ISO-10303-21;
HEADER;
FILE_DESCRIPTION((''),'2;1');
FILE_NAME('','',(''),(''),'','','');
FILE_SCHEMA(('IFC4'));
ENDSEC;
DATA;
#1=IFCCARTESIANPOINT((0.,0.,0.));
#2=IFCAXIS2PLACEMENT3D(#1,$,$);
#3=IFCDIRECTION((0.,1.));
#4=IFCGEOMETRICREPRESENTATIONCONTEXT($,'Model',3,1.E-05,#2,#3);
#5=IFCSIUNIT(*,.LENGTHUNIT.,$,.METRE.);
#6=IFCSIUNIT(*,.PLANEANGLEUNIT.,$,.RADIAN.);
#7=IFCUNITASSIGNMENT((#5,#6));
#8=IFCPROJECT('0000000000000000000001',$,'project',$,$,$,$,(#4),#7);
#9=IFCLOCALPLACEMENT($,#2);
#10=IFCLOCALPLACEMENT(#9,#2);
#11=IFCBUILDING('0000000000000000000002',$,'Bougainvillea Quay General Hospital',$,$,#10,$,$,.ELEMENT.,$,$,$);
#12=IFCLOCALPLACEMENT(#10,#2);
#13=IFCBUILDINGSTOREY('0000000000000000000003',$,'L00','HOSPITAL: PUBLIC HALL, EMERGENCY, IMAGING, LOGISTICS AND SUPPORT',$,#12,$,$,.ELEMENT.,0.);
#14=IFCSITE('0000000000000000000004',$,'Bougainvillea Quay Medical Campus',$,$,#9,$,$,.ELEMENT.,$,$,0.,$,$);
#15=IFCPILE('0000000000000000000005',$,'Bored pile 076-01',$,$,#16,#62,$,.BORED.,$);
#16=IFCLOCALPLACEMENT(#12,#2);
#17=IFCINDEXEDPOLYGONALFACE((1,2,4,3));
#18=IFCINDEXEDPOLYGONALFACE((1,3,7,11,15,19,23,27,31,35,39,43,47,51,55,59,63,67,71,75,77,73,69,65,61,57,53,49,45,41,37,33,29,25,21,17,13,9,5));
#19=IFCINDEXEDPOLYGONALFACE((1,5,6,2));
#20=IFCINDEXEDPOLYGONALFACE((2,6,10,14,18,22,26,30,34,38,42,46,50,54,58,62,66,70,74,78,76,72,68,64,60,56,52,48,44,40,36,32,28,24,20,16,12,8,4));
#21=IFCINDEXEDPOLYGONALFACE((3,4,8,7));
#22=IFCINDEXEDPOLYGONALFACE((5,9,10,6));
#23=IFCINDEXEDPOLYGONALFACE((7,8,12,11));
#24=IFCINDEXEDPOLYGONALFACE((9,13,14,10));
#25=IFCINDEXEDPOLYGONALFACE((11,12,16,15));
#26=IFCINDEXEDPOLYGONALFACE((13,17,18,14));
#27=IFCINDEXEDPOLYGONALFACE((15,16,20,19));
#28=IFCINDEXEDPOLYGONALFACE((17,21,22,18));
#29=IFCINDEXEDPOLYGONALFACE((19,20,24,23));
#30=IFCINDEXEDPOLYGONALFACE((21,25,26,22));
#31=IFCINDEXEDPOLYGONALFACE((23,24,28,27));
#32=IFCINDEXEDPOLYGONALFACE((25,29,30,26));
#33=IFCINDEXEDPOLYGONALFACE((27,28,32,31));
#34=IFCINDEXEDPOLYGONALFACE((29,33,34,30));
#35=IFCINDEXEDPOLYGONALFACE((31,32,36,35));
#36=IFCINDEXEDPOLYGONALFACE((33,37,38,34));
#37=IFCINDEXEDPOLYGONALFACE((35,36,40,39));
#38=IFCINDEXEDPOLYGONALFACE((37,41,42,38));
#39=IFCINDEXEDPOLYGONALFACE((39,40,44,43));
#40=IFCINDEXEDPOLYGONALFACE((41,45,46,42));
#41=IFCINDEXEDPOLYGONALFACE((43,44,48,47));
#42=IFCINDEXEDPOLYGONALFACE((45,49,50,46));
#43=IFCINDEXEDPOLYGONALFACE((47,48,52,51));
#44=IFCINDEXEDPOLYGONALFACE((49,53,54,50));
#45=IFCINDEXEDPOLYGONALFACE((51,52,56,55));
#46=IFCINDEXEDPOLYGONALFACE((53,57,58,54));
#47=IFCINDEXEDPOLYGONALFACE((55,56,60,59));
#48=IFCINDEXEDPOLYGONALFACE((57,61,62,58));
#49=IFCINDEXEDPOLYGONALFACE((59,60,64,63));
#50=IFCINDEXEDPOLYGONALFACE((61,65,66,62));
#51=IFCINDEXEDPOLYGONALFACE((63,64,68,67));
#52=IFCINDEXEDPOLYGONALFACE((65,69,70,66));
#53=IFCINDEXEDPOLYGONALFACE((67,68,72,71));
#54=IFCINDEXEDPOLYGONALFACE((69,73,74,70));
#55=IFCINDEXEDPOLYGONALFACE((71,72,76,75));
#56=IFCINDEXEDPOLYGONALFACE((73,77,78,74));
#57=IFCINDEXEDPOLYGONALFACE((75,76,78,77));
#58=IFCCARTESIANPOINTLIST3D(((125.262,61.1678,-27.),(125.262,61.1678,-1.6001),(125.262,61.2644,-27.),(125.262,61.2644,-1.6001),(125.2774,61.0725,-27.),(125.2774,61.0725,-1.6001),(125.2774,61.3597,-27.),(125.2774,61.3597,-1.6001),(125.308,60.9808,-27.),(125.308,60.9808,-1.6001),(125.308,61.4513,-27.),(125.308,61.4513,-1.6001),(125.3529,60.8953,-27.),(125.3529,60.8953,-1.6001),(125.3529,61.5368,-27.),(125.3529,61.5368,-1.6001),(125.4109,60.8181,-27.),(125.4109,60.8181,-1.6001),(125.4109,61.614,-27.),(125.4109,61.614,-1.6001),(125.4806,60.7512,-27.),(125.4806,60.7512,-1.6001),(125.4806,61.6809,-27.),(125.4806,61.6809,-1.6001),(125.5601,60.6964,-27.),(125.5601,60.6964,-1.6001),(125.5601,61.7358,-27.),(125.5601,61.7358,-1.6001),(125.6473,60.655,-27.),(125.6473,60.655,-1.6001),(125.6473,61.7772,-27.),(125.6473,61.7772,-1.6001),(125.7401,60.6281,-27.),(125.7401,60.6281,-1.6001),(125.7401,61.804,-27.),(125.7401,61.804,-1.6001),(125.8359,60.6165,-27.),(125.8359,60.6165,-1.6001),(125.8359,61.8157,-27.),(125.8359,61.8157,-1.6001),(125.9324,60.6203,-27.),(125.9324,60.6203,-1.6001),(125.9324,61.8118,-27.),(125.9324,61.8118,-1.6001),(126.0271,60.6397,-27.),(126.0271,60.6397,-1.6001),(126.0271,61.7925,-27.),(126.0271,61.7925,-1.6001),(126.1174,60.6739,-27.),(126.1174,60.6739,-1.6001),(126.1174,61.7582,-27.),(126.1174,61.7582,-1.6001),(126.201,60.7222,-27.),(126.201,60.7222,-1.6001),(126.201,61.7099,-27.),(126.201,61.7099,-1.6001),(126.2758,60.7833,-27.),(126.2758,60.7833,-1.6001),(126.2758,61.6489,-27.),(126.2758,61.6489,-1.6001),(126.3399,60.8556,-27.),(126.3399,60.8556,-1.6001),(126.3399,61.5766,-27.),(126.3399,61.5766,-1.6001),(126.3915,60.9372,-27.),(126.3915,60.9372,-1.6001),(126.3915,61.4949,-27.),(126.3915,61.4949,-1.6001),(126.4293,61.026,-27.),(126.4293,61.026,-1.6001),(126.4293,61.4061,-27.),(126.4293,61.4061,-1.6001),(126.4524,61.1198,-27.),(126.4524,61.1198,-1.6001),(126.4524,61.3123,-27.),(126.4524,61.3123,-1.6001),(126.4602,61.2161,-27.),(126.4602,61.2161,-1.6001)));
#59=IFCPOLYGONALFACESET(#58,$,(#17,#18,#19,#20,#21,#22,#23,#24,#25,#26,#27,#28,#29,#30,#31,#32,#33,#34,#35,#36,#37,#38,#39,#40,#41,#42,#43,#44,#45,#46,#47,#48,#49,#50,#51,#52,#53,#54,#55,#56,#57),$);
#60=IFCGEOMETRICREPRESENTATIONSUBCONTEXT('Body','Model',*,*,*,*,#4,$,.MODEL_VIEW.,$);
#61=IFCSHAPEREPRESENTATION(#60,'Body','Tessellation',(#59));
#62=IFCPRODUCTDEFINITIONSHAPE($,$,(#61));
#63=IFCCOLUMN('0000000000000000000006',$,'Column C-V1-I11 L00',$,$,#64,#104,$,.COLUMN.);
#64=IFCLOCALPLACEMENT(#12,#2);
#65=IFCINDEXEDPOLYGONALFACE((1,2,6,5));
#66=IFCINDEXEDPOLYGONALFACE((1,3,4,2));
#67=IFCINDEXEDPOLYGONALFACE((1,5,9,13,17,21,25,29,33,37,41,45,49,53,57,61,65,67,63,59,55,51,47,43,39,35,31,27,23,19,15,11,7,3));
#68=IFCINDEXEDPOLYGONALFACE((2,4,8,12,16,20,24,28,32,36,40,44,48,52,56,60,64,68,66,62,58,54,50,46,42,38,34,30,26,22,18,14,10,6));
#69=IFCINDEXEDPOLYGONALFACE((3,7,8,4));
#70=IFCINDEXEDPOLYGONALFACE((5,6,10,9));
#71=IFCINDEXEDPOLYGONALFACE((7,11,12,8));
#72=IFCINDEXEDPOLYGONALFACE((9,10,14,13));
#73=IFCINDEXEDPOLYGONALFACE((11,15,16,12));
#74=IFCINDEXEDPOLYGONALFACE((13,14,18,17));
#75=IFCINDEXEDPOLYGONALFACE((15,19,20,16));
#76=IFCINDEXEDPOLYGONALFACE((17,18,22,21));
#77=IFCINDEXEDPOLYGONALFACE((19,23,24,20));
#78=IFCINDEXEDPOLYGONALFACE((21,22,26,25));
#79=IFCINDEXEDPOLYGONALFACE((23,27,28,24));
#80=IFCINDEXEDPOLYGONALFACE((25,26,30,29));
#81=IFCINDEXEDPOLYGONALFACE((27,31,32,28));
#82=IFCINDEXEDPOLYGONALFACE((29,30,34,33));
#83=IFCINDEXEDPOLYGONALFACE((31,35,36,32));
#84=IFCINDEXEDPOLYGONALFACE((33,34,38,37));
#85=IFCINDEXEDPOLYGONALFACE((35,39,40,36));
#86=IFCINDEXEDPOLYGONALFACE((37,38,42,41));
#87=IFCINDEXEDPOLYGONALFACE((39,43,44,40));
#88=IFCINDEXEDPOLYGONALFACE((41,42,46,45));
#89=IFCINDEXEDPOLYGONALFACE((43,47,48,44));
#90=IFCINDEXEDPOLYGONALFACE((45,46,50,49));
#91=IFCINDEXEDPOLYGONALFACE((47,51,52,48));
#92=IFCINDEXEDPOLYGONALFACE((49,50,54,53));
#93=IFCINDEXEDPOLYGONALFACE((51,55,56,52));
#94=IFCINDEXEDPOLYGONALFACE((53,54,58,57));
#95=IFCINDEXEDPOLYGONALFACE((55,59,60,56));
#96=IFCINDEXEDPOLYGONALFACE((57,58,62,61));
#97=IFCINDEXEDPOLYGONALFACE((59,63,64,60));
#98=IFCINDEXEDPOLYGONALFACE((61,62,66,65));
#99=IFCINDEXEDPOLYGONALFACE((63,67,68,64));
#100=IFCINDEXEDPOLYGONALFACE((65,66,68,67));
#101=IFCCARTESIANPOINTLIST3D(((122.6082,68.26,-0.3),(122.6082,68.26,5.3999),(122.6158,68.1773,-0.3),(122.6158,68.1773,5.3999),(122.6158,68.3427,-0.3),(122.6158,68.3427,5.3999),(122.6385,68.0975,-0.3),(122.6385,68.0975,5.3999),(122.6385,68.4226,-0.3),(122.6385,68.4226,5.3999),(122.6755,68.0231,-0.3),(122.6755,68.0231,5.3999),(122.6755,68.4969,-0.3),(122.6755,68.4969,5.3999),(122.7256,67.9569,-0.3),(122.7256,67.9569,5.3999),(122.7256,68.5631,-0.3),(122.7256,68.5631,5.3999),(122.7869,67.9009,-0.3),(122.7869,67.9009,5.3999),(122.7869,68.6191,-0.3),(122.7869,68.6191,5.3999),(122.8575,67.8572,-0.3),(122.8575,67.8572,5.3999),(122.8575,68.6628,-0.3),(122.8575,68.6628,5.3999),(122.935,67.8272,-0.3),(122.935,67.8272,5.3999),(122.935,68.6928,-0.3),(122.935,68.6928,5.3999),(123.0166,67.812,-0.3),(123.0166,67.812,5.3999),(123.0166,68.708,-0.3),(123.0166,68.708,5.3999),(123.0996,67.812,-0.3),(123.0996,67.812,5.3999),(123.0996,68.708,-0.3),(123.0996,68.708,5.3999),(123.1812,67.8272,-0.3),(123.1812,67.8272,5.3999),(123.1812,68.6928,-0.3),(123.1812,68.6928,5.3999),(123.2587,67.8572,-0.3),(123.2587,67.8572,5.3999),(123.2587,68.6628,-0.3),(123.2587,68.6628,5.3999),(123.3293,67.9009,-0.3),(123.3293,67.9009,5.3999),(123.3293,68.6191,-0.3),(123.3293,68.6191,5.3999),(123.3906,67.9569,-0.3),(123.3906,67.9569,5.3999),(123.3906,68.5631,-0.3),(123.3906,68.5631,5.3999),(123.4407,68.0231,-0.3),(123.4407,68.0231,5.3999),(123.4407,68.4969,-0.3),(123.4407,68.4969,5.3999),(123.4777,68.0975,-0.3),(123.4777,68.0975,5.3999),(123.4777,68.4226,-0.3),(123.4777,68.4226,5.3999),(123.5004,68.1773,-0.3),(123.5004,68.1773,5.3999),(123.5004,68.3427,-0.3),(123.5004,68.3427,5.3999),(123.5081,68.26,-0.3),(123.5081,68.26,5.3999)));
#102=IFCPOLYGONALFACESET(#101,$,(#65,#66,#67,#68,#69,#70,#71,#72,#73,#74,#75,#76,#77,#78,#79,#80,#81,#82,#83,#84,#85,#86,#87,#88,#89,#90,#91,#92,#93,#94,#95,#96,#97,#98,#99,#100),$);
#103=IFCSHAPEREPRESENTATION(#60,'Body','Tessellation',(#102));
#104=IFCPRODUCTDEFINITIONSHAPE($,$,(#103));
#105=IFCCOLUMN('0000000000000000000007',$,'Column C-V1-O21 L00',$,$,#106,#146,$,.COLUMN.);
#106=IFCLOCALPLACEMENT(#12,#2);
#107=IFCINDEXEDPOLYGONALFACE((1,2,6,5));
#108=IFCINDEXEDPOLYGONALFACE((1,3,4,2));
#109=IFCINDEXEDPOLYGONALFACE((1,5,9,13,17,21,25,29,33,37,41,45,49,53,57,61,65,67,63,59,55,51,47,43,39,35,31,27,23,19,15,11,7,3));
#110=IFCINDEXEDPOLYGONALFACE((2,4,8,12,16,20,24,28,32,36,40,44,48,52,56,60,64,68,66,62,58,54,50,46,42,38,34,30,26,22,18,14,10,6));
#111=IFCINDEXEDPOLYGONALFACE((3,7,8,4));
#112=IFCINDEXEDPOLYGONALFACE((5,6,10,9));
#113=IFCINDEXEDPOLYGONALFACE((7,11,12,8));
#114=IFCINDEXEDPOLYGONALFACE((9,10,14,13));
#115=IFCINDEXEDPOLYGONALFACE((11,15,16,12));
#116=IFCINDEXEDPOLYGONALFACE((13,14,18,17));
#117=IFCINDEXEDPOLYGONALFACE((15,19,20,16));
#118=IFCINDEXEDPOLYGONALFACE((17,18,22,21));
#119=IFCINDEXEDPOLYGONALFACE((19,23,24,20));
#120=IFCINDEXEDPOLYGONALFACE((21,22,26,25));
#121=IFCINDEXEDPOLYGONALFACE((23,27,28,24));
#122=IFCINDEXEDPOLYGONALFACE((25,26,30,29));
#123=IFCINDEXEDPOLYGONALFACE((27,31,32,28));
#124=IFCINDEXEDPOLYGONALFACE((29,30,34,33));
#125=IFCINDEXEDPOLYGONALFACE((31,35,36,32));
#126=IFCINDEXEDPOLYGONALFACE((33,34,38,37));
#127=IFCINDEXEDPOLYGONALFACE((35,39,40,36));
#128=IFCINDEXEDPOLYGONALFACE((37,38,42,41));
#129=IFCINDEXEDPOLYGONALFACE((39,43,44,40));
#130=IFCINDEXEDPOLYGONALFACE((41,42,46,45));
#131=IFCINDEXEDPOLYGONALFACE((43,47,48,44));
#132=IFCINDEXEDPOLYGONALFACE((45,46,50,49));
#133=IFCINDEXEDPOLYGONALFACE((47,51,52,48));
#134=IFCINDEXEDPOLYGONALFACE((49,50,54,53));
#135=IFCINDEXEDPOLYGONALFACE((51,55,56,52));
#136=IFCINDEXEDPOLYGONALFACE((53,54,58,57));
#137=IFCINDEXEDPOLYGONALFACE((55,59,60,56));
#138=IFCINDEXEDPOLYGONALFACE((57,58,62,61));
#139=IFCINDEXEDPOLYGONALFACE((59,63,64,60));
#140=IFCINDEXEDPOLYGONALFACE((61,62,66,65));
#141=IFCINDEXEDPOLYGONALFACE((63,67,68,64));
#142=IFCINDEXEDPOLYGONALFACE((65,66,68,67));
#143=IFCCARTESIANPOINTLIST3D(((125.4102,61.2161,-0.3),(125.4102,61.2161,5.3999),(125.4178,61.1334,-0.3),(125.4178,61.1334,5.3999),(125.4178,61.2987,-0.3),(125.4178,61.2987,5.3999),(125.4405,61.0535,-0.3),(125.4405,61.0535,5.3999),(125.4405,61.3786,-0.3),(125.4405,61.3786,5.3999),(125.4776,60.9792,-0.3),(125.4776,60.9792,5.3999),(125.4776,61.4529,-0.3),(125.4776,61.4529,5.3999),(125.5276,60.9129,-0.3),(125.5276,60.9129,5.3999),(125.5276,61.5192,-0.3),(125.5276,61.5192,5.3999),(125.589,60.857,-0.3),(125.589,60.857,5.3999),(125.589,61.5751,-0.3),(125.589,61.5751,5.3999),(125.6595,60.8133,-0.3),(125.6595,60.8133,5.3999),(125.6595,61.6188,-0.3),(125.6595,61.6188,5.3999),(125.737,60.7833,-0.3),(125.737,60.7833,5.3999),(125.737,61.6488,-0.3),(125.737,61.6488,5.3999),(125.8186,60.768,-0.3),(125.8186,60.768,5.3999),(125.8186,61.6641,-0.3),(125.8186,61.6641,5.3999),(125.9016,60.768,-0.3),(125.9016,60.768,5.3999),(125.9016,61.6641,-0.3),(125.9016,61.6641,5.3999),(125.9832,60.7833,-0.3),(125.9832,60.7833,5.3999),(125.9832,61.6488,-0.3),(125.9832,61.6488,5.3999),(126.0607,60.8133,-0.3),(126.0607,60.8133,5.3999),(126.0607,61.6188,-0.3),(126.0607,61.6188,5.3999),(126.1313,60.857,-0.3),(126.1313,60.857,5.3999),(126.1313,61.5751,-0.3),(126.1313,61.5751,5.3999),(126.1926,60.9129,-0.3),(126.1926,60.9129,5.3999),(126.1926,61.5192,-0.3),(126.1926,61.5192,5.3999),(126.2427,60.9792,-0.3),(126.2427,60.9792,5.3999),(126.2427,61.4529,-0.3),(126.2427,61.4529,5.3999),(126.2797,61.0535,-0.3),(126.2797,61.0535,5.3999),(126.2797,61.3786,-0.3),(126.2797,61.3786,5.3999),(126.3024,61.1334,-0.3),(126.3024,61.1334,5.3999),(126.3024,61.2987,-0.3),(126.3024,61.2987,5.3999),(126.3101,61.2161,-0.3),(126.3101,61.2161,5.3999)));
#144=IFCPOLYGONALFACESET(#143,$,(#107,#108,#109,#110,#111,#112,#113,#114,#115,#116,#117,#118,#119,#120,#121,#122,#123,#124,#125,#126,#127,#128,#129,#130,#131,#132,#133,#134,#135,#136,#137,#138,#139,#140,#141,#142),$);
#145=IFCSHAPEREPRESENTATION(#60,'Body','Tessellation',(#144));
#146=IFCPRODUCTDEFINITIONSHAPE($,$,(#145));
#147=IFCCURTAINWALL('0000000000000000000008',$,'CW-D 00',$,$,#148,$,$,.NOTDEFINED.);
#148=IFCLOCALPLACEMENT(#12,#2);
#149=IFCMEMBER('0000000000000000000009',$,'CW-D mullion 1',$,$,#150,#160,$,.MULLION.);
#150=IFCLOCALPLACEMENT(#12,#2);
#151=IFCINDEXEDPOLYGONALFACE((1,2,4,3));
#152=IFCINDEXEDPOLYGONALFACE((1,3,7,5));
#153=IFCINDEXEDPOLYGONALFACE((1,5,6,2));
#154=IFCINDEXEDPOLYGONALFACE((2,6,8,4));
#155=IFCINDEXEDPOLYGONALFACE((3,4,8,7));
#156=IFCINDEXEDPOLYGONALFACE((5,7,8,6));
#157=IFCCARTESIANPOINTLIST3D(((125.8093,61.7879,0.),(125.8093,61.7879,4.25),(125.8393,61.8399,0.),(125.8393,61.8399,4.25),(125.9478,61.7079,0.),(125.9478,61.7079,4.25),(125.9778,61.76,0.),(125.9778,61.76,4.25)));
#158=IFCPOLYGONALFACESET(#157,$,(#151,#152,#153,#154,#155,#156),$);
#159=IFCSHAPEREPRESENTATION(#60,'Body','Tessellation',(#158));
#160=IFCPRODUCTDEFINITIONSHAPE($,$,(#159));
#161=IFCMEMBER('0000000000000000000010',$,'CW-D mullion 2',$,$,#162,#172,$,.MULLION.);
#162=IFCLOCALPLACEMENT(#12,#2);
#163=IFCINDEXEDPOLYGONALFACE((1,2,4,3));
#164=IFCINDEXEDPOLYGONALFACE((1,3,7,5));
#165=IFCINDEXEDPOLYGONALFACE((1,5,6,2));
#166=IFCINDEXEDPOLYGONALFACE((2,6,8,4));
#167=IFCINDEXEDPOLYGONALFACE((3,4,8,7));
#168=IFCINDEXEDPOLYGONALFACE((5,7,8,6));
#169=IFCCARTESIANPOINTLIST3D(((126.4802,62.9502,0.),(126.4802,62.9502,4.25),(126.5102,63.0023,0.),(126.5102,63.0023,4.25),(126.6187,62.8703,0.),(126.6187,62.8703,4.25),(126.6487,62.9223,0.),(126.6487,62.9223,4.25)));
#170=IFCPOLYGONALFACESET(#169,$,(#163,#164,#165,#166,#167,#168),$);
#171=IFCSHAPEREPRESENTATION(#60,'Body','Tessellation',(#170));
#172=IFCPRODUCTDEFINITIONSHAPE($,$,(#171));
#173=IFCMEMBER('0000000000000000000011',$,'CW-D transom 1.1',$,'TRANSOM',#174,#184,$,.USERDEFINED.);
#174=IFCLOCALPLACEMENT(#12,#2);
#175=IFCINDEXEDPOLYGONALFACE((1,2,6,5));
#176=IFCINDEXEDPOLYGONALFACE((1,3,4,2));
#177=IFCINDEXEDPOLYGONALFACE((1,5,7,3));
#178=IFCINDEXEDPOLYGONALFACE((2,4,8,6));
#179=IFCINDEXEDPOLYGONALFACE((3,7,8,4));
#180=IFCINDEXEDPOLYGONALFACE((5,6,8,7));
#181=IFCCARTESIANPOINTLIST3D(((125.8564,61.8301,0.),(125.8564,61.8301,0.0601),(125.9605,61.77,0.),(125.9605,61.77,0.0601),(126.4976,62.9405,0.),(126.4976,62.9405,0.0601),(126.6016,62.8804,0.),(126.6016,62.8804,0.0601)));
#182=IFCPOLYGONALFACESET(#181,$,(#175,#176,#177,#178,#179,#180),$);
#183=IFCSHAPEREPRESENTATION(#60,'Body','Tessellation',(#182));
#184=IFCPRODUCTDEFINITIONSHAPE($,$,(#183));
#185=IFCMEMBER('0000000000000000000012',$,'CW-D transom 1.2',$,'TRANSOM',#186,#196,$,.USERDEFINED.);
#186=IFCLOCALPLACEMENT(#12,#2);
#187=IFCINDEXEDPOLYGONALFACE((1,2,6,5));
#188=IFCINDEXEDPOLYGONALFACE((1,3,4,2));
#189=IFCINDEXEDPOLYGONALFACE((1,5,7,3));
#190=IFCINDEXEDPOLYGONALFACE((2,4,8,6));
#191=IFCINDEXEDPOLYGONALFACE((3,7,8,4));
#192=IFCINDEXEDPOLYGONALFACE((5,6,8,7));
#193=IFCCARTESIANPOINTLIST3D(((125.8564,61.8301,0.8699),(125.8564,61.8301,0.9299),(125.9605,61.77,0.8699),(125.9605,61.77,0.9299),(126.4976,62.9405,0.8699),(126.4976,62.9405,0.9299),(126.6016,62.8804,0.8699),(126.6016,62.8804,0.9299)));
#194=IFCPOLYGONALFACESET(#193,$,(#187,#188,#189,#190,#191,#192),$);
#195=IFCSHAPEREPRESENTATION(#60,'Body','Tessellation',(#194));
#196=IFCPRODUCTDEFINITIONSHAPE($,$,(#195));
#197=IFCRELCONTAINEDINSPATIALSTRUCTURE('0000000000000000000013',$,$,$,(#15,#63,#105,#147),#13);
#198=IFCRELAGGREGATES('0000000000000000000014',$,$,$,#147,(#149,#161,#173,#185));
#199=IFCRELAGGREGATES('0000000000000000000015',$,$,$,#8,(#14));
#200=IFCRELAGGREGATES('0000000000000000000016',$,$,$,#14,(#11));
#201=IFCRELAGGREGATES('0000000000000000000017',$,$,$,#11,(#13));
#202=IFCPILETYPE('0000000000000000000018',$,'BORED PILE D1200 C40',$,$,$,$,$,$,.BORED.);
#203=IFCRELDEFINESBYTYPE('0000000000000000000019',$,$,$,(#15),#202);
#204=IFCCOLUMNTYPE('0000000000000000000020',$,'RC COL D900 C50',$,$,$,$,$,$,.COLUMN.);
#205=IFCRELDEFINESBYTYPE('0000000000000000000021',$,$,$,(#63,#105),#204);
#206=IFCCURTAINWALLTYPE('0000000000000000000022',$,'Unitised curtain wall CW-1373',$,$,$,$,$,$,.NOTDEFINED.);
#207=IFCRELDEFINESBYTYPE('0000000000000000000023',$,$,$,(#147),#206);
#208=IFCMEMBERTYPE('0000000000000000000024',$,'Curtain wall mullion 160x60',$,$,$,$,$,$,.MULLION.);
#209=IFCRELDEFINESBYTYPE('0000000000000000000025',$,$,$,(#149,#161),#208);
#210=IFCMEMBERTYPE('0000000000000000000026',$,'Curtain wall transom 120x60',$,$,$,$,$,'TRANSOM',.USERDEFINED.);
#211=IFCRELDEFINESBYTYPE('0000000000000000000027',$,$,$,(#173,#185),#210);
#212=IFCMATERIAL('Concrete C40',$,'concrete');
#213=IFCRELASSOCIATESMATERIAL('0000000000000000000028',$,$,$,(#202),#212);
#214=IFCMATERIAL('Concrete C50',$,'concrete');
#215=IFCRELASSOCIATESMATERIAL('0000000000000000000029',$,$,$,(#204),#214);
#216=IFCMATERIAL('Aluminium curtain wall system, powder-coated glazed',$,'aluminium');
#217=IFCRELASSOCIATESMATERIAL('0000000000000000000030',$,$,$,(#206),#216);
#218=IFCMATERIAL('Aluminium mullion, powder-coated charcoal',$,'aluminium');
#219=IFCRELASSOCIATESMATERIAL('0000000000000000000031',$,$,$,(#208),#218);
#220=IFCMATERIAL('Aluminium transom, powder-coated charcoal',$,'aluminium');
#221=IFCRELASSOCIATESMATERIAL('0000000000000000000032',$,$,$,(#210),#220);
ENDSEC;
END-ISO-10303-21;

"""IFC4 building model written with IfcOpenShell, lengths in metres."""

from ifc_helpers import new_model, si_unit, direction, frame, origin, origin_2d, place, context, subcontext, project, spatial, rectangle, circle, extrude, material, material_profile, profile_set, type_object, element, aggregate, save


model = new_model("IFC4")

# Units and contexts
model_context = context("Model", 3, precision=1e-05, world=origin(), true_north=direction((0.0, 1.0)))
body_context = subcontext(model_context, "Body", "Model", "MODEL_VIEW")
ifc_project = project(units=[si_unit("LENGTHUNIT", "METRE"), si_unit("PLANEANGLEUNIT", "RADIAN")], contexts=[model_context])

# Site, building, storey
site_placement = place(None, origin())
site = spatial("IfcSite", under=ifc_project, at=site_placement, Name="Bougainvillea Quay Medical Campus", CompositionType="ELEMENT", RefElevation=0.0)
building_placement = place(site_placement, origin())
building = spatial("IfcBuilding", under=site, at=building_placement, Name="Bougainvillea Quay General Hospital", CompositionType="ELEMENT")
storey_placement = place(building_placement, origin())
storey = spatial("IfcBuildingStorey", under=building, at=storey_placement, Name="L00", Description="HOSPITAL: PUBLIC HALL, EMERGENCY, IMAGING, LOGISTICS AND SUPPORT", CompositionType="ELEMENT", Elevation=0.0)

# Pile
ifc_material_1 = material(Name="Concrete C40", Category="concrete")
ifc_material_profile_1 = material_profile(ifc_material_1, circle(Radius=0.6001, at=origin_2d()))
ifc_profile_set_1 = profile_set([ifc_material_profile_1], Name="Concrete C40")
pile_type = type_object("IfcPileType", Name="BORED PILE D1200 C40", PredefinedType="BORED", material=ifc_profile_set_1)
pile_placement = place(storey_placement, frame((125.8601, 61.2161, -1.6001), z_axis=(0.0, 0.0, -1.0), x_axis=(1.0, 0.0, 0.0)))
element("IfcPile", 1, at=pile_placement, inside=storey, type_object=pile_type, Name="Bored pile 076-01", PredefinedType="BORED", context=body_context, shape_type="SweptSolid", body=[
    extrude(circle(Radius=0.6001, at=origin_2d()), origin(), (0.0, 0.0, 1.0), 25.3999),
])

# Columns
ifc_material_2 = material(Name="Concrete C50", Category="concrete")
ifc_material_profile_2 = material_profile(ifc_material_2, circle(Radius=0.45, at=origin_2d()))
ifc_profile_set_2 = profile_set([ifc_material_profile_2], Name="Concrete C50")
column_type = type_object("IfcColumnType", Name="RC COL D900 C50", PredefinedType="COLUMN", material=ifc_profile_set_2)
for number, where, z_axis, x_axis, name in (
    (2, (123.0581, 68.26, -0.3), (0.0, 0.0, 1.0), (1.0, 0.0, 0.0), "Column C-V1-I11 L00"),
    (3, (125.8601, 61.2161, -0.3), (0.0, 0.0, 1.0), (1.0, 0.0, 0.0), "Column C-V1-O21 L00"),
):
    element("IfcColumn", number, at=place(storey_placement, frame(where, z_axis=z_axis, x_axis=x_axis)), inside=storey, type_object=column_type, Name=name, PredefinedType="COLUMN", context=body_context, shape_type="SweptSolid", body=[
        extrude(circle(Radius=0.45, at=origin_2d()), origin(), (0.0, 0.0, 1.0), 5.7),
    ])

# Curtain wall, members
ifc_material_3 = material(Name="Aluminium curtain wall system, powder-coated glazed", Category="aluminium")
curtain_wall_type = type_object("IfcCurtainWallType", Name="Unitised curtain wall CW-1373", PredefinedType="NOTDEFINED", material=ifc_material_3)
curtain_wall_placement = place(storey_placement, origin())
curtain_wall = element("IfcCurtainWall", 4, at=curtain_wall_placement, inside=storey, type_object=curtain_wall_type, Name="CW-D 00", PredefinedType="NOTDEFINED")
ifc_material_4 = material(Name="Aluminium mullion, powder-coated charcoal", Category="aluminium")
ifc_material_profile_3 = material_profile(ifc_material_4, rectangle(XDim=0.1599, YDim=0.0601, at=origin_2d()))
ifc_profile_set_3 = profile_set([ifc_material_profile_3], Name="Aluminium mullion, powder-coated charcoal")
member_type_1 = type_object("IfcMemberType", Name="Curtain wall mullion 160x60", PredefinedType="MULLION", material=ifc_profile_set_3)
member_1_placement = place(storey_placement, frame((125.8936, 61.7739, 0.0), z_axis=(0.0, 0.0, 1.0), x_axis=(-0.866048, 0.499962, 0.0)))
member_1 = element("IfcMember", 5, at=member_1_placement, type_object=member_type_1, Name="CW-D mullion 1", PredefinedType="MULLION", context=body_context, shape_type="SweptSolid", body=[
    extrude(rectangle(XDim=0.1599, YDim=0.0601, at=origin_2d()), origin(), (0.0, 0.0, 1.0), 4.25),
])
member_2_placement = place(storey_placement, frame((126.5645, 62.9363, 0.0), z_axis=(0.0, 0.0, 1.0), x_axis=(-0.866048, 0.499962, 0.0)))
member_2 = element("IfcMember", 6, at=member_2_placement, type_object=member_type_1, Name="CW-D mullion 2", PredefinedType="MULLION", context=body_context, shape_type="SweptSolid", body=[
    extrude(rectangle(XDim=0.1599, YDim=0.0601, at=origin_2d()), origin(), (0.0, 0.0, 1.0), 4.25),
])
ifc_material_5 = material(Name="Aluminium transom, powder-coated charcoal", Category="aluminium")
ifc_material_profile_4 = material_profile(ifc_material_5, rectangle(XDim=0.1201, YDim=0.0601, at=origin_2d()))
ifc_profile_set_4 = profile_set([ifc_material_profile_4], Name="Aluminium transom, powder-coated charcoal")
member_type_2 = type_object("IfcMemberType", Name="Curtain wall transom 120x60", ElementType="TRANSOM", PredefinedType="USERDEFINED", material=ifc_profile_set_4)
member_3_placement = place(storey_placement, frame((125.9084, 61.8, 0.03), z_axis=(0.50003, 0.866008, 0.0), x_axis=(-0.866008, 0.50003, 0.0)))
member_3 = element("IfcMember", 7, at=member_3_placement, type_object=member_type_2, Name="CW-D transom 1.1", ObjectType="TRANSOM", PredefinedType="USERDEFINED", context=body_context, shape_type="SweptSolid", body=[
    extrude(rectangle(XDim=0.1201, YDim=0.0601, at=origin_2d()), origin(), (0.0, 0.0, 1.0), 1.2822),
])
member_4_placement = place(storey_placement, frame((125.9084, 61.8, 0.8999), z_axis=(0.50003, 0.866008, 0.0), x_axis=(-0.866008, 0.50003, 0.0)))
member_4 = element("IfcMember", 8, at=member_4_placement, type_object=member_type_2, Name="CW-D transom 1.2", ObjectType="TRANSOM", PredefinedType="USERDEFINED", context=body_context, shape_type="SweptSolid", body=[
    extrude(rectangle(XDim=0.1201, YDim=0.0601, at=origin_2d()), origin(), (0.0, 0.0, 1.0), 1.2822),
])
aggregate(curtain_wall, [member_1, member_2, member_3, member_4])

save(model, "model.ifc")
